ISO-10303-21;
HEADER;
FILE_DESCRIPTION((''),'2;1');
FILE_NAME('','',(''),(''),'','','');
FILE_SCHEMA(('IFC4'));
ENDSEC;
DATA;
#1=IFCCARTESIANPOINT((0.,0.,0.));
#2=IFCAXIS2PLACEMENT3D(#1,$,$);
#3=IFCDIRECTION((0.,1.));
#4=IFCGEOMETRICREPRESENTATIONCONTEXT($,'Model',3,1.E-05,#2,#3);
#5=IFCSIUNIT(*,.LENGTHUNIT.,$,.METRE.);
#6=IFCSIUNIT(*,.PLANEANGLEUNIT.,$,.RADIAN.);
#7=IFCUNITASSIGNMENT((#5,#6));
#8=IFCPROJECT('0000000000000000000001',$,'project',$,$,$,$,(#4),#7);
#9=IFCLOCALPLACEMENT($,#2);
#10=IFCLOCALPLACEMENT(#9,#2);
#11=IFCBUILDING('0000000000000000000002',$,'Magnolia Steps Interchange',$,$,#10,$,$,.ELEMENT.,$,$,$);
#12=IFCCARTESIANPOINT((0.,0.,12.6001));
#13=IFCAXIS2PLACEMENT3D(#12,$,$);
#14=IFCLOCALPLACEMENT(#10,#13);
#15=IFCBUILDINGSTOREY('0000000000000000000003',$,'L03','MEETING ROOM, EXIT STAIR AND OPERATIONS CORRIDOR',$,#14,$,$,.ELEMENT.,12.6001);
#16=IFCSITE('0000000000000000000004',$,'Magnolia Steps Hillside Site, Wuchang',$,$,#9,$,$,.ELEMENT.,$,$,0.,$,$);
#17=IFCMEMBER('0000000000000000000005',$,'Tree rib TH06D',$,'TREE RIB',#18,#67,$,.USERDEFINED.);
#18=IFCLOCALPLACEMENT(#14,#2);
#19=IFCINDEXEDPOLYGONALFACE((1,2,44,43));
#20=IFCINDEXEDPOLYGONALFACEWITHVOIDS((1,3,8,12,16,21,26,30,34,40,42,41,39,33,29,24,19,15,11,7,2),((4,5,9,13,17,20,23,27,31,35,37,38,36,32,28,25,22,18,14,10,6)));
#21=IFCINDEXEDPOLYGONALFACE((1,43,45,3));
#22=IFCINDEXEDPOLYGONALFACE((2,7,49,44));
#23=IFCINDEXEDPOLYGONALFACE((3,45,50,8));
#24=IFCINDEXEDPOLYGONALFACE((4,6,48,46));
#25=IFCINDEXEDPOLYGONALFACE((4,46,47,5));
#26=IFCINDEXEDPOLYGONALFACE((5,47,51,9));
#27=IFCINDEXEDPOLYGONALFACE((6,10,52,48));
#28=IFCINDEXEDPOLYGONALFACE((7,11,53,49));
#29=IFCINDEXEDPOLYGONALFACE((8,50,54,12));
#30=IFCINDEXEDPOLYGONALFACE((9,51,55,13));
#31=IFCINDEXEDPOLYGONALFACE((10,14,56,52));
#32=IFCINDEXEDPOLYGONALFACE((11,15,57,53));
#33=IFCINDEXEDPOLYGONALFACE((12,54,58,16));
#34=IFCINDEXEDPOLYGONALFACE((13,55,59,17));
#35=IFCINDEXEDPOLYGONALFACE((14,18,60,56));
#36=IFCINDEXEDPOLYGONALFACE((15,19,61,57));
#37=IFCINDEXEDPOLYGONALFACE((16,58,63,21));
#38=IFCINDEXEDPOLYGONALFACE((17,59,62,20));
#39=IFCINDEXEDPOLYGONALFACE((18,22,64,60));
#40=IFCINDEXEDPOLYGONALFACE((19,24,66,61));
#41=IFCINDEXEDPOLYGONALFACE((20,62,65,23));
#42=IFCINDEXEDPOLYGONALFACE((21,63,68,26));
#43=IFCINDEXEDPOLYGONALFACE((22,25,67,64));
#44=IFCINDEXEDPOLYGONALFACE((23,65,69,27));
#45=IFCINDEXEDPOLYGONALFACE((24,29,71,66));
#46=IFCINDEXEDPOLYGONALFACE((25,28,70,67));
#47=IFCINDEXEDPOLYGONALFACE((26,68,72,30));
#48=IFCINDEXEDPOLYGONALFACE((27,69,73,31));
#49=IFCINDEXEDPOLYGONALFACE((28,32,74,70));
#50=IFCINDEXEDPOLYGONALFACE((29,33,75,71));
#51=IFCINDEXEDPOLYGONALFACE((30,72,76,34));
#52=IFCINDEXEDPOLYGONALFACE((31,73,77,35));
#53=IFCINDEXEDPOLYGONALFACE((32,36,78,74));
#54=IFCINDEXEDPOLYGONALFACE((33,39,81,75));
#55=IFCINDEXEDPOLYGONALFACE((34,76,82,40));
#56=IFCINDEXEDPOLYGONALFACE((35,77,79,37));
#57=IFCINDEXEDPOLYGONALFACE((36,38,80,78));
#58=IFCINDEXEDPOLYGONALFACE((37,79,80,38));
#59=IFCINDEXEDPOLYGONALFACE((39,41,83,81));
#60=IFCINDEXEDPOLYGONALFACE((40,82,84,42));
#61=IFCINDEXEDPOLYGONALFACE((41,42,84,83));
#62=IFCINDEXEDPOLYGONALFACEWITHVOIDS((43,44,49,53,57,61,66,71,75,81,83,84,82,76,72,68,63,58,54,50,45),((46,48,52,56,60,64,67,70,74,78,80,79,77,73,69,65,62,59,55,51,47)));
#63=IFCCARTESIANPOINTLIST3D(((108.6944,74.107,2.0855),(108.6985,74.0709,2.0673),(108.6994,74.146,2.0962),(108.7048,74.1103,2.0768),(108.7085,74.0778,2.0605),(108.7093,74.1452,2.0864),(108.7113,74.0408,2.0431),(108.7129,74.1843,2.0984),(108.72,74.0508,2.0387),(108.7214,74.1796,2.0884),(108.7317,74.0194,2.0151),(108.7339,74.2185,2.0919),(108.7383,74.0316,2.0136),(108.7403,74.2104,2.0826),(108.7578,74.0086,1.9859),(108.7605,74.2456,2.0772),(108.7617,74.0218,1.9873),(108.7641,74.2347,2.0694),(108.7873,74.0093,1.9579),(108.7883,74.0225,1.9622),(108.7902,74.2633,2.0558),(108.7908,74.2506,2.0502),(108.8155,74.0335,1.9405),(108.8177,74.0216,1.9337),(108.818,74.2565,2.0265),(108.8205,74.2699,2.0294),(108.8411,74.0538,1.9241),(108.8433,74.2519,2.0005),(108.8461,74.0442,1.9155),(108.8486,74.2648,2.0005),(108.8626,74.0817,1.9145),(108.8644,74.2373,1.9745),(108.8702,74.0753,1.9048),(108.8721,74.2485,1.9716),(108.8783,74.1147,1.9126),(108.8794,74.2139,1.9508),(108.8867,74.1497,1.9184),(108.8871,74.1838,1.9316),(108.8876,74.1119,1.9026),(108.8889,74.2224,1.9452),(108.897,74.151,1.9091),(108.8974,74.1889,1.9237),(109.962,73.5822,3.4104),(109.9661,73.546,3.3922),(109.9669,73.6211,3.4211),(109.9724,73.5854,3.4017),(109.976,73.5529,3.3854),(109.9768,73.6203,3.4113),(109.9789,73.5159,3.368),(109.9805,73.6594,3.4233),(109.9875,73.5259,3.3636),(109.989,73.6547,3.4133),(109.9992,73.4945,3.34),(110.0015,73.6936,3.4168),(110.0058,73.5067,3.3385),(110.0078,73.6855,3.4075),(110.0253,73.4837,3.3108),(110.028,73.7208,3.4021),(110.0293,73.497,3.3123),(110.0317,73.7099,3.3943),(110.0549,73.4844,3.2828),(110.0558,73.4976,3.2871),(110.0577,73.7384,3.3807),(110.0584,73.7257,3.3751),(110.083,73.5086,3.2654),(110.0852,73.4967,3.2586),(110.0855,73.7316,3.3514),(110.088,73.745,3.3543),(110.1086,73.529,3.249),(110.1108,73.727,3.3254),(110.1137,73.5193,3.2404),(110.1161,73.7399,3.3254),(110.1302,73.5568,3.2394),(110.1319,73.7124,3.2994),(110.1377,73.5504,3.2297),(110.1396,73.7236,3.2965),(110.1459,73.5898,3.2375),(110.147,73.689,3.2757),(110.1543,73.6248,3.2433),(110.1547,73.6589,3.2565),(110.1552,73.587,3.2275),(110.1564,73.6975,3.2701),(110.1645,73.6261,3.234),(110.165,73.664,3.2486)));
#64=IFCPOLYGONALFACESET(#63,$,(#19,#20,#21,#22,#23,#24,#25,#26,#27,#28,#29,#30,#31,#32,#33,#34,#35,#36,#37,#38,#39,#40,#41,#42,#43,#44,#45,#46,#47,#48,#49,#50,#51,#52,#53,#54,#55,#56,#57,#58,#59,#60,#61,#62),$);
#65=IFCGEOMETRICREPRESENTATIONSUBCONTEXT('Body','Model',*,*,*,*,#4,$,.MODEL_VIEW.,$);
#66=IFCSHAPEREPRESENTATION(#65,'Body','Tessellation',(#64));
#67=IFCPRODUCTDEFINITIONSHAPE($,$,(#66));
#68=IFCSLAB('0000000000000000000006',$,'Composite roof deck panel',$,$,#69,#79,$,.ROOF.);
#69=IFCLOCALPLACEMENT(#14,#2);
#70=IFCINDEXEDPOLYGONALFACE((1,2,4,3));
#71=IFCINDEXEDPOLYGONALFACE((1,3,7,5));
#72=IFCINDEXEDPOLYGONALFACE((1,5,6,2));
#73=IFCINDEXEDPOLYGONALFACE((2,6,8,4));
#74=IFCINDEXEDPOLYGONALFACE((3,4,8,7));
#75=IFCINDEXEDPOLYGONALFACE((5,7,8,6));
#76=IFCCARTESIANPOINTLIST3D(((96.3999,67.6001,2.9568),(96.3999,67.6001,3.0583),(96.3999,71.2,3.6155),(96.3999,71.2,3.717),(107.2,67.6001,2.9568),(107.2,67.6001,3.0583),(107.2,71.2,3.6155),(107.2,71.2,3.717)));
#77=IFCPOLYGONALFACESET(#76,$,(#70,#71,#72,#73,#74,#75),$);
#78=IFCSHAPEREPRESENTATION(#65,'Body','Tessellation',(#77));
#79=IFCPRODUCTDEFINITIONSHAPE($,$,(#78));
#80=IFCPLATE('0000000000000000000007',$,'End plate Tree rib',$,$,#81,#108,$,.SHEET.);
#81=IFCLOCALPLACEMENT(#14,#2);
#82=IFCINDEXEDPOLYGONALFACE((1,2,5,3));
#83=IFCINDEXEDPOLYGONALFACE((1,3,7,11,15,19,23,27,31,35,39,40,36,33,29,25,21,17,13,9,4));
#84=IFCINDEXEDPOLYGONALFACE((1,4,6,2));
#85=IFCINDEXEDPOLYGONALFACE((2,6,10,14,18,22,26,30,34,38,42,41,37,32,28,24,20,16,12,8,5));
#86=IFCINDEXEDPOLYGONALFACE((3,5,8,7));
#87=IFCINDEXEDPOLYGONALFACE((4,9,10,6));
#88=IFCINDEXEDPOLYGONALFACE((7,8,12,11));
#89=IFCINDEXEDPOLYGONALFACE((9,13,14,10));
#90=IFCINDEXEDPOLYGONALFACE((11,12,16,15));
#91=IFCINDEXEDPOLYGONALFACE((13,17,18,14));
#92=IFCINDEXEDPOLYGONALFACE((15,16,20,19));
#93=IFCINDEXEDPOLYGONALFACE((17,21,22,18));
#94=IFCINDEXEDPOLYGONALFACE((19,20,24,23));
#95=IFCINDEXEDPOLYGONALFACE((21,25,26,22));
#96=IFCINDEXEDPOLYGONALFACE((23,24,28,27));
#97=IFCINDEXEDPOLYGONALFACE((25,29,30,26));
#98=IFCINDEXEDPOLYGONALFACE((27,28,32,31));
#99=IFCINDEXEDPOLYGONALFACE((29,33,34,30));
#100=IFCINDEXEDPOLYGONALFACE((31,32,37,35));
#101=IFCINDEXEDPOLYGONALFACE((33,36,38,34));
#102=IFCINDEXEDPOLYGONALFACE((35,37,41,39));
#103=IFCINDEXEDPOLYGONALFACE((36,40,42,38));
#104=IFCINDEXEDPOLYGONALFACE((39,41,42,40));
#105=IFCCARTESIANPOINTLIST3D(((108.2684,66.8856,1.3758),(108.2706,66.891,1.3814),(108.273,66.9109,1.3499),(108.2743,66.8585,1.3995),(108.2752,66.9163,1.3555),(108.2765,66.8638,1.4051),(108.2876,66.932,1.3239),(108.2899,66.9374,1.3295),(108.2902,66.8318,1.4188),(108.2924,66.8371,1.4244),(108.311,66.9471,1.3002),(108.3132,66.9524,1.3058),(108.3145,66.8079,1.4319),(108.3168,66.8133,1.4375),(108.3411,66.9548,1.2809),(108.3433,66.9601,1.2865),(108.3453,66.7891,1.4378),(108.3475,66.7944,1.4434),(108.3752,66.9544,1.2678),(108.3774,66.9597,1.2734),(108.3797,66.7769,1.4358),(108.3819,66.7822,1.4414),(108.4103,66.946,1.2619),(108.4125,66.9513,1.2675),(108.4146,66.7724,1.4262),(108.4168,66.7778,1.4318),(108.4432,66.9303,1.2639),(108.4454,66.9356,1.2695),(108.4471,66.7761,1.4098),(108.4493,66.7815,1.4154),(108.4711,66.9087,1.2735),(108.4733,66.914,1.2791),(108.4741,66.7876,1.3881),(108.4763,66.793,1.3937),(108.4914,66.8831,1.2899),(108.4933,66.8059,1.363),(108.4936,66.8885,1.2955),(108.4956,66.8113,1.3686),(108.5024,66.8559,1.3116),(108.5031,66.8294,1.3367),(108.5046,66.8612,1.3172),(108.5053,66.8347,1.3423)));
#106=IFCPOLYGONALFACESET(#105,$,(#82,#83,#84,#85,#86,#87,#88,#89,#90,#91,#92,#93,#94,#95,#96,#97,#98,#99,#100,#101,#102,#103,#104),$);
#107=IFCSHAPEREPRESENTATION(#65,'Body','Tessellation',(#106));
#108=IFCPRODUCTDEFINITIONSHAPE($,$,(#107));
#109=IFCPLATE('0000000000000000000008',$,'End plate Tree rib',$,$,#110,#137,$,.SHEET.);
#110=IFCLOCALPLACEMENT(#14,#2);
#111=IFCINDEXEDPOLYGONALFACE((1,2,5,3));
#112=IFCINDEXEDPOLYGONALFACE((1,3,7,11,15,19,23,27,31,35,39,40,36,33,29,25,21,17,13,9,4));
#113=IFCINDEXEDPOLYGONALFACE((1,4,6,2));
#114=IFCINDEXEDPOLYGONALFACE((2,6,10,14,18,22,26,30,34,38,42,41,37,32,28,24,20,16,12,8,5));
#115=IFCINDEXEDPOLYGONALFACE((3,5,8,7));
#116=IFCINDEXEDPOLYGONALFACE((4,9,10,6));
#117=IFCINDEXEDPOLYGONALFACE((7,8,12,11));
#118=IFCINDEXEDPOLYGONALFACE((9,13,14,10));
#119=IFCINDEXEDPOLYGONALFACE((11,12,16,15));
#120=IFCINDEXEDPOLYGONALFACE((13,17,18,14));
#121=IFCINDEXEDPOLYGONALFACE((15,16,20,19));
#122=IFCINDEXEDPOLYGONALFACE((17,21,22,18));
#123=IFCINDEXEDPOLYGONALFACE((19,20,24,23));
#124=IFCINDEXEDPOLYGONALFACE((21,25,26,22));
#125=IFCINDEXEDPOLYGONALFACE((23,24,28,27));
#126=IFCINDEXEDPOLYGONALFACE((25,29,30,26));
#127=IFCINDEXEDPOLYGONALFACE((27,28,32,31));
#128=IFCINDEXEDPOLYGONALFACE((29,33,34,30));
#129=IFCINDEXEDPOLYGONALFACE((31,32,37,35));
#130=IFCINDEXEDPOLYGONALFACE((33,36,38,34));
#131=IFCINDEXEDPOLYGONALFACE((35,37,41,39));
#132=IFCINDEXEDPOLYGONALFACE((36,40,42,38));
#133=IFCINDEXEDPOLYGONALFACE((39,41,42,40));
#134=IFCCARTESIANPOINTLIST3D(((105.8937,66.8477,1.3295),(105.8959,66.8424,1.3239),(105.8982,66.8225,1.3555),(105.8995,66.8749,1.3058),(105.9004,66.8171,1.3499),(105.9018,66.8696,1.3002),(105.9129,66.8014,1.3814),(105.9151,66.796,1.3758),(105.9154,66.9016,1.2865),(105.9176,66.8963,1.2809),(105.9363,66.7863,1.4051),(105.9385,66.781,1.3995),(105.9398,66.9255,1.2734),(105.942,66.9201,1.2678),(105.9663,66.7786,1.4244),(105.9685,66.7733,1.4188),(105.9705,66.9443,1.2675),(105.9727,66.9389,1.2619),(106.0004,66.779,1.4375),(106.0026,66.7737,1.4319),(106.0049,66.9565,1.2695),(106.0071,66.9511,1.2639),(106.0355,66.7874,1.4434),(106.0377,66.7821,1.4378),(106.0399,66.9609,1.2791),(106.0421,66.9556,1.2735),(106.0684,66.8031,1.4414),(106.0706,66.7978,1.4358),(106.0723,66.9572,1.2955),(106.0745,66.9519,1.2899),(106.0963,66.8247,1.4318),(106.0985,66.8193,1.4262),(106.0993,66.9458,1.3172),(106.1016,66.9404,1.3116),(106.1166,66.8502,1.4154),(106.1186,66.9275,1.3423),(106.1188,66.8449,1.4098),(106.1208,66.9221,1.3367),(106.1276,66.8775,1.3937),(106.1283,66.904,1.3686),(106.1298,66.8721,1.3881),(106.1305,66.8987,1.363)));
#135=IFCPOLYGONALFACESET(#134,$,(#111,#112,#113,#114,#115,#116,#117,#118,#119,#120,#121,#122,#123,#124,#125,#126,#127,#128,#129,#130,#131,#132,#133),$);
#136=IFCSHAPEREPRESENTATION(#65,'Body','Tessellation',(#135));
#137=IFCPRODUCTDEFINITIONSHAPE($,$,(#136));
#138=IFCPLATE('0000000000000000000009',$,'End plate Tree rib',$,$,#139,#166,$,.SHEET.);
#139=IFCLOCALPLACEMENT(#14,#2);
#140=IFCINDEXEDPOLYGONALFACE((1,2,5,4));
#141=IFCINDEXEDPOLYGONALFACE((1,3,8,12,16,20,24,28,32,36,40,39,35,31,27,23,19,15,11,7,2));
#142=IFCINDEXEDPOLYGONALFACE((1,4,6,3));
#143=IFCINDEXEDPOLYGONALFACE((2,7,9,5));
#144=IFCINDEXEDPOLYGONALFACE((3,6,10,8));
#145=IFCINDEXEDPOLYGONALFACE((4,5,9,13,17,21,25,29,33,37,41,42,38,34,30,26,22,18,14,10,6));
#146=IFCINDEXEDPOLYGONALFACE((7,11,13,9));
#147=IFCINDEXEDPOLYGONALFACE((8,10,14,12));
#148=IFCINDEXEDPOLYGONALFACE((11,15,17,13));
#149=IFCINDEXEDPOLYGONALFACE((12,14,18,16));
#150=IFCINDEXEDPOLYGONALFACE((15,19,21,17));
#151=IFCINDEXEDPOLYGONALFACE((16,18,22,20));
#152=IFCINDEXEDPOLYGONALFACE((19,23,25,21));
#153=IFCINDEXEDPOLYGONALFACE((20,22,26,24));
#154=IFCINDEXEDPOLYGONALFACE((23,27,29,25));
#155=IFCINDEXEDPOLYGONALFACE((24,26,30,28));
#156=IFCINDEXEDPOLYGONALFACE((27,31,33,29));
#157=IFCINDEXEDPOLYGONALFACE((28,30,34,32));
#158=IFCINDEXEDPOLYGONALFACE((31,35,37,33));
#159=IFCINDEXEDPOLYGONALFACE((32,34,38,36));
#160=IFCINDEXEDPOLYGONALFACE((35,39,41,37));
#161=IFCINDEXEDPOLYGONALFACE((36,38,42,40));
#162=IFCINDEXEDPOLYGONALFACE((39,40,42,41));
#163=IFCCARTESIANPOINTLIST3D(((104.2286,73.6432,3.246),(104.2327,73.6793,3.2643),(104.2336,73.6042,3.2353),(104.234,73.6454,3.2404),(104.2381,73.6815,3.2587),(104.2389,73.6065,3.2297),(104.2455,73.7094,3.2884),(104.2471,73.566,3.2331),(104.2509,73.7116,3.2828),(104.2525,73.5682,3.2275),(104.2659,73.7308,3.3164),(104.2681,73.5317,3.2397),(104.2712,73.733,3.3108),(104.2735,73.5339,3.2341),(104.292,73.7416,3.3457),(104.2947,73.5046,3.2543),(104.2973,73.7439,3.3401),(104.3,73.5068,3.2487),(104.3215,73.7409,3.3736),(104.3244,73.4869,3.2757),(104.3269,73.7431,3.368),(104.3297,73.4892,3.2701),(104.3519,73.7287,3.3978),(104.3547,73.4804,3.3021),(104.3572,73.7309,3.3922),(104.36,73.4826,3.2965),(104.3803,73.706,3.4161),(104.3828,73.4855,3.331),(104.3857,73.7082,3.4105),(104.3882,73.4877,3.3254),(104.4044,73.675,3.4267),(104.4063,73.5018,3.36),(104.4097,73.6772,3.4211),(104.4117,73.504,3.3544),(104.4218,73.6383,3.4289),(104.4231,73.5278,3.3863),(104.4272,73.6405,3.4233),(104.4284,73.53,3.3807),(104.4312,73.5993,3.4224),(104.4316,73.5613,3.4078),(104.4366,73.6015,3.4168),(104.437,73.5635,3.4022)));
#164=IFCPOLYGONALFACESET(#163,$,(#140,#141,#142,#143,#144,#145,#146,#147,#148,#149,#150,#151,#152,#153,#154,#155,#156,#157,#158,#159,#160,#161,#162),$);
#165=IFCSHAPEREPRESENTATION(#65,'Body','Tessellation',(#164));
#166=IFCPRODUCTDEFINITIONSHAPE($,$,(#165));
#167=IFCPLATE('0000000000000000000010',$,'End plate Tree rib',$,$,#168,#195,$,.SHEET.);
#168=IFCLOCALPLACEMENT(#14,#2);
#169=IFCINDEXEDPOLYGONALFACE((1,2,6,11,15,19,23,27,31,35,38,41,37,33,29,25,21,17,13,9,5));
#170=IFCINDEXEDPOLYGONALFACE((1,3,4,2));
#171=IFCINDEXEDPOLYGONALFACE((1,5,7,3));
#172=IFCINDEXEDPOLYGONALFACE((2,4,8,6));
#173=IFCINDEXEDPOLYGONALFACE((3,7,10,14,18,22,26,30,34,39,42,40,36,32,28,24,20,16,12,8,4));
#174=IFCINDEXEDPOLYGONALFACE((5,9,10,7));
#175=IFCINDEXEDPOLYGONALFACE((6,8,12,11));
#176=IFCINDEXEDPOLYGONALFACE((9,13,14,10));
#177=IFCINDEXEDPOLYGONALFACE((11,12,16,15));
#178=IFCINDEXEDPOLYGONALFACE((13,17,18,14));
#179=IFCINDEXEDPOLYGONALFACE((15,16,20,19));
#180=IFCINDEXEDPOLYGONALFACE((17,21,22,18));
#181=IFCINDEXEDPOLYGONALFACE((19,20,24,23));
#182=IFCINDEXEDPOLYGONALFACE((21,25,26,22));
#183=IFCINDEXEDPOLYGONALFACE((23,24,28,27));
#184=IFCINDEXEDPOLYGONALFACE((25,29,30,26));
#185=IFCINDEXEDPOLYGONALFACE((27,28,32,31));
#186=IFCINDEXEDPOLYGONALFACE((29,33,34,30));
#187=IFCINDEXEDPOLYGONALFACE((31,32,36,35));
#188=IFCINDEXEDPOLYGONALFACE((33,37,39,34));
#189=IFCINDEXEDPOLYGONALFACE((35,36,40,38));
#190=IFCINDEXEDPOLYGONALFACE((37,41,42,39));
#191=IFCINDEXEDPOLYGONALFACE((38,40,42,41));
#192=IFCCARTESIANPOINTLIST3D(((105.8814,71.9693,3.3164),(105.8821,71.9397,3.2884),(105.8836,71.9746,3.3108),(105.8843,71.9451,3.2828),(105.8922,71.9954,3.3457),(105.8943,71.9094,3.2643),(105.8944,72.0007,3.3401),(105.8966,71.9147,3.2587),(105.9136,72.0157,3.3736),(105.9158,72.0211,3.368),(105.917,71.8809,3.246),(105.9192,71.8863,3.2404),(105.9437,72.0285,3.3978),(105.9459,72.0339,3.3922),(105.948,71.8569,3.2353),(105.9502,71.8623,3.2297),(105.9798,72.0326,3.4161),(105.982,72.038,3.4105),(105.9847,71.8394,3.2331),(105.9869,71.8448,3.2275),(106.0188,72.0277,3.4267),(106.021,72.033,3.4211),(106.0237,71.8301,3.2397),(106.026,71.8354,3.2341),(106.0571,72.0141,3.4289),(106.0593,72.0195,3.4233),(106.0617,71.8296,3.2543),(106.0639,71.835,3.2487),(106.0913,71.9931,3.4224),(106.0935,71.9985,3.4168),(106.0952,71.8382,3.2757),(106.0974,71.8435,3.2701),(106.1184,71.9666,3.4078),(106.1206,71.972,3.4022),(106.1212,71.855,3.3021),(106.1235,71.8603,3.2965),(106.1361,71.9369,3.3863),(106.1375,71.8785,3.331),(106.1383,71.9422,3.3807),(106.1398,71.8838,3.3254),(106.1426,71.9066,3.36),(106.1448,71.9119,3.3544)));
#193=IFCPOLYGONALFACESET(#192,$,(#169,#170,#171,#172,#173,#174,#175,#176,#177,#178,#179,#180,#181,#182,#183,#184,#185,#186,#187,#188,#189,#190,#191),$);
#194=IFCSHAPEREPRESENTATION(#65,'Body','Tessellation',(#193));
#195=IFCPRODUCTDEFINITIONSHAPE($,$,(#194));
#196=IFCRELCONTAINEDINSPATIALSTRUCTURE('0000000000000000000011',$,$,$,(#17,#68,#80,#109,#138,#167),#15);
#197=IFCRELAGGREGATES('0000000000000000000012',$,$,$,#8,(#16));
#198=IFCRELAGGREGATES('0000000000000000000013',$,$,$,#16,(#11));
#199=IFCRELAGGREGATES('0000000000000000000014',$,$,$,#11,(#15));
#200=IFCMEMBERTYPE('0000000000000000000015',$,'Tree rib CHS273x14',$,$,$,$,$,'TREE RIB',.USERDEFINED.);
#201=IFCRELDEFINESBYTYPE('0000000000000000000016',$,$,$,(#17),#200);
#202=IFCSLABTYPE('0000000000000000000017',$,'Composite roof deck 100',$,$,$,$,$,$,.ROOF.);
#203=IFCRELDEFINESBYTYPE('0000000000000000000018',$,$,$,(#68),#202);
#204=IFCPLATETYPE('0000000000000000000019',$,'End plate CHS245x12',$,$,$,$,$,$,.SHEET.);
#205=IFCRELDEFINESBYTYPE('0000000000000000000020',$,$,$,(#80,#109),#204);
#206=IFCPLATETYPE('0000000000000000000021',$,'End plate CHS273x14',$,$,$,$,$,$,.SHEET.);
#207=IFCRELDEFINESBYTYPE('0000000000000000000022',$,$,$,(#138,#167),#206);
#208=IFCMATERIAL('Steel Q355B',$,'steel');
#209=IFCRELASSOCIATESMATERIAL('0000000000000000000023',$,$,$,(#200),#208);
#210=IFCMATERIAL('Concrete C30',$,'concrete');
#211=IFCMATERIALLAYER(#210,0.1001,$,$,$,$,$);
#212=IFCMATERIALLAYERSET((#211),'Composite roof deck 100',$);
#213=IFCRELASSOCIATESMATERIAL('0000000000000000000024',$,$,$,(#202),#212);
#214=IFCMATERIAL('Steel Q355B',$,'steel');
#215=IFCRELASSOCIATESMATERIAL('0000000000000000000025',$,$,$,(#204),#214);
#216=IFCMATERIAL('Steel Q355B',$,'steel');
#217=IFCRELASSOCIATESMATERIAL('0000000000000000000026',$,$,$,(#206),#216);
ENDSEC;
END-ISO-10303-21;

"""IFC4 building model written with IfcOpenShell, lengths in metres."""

from ifc_helpers import new_model, si_unit, direction, frame, origin, origin_2d, place, context, subcontext, project, spatial, polyline, circle, hollow_circle, outline, extrude, material, layer, layer_set, material_profile, profile_set, type_object, element, save


model = new_model("IFC4")

# Units and contexts
model_context = context("Model", 3, precision=1e-05, world=origin(), true_north=direction((0.0, 1.0)))
body_context = subcontext(model_context, "Body", "Model", "MODEL_VIEW")
ifc_project = project(units=[si_unit("LENGTHUNIT", "METRE"), si_unit("PLANEANGLEUNIT", "RADIAN")], contexts=[model_context])

# Site, building, storey
site_placement = place(None, origin())
site = spatial("IfcSite", under=ifc_project, at=site_placement, Name="Magnolia Steps Hillside Site, Wuchang", CompositionType="ELEMENT", RefElevation=0.0)
building_placement = place(site_placement, origin())
building = spatial("IfcBuilding", under=site, at=building_placement, Name="Magnolia Steps Interchange", CompositionType="ELEMENT")
storey_placement = place(building_placement, frame((0.0, 0.0, 12.6001)))
storey = spatial("IfcBuildingStorey", under=building, at=storey_placement, Name="L03", Description="MEETING ROOM, EXIT STAIR AND OPERATIONS CORRIDOR", CompositionType="ELEMENT", Elevation=12.6001)

# Member
ifc_material_1 = material(Name="Steel Q355B", Category="steel")
ifc_material_profile_1 = material_profile(ifc_material_1, hollow_circle(Radius=0.1365, WallThickness=0.0139, at=origin_2d()), Name="CHS273x14")
ifc_profile_set_1 = profile_set([ifc_material_profile_1], Name="Steel Q355B")
member_type_1 = type_object("IfcMemberType", Name="Tree rib CHS273x14", ElementType="TREE RIB", PredefinedType="USERDEFINED", material=ifc_profile_set_1)
member_1_placement = place(storey_placement, frame((108.7964, 74.1387, 2.0005), z_axis=(0.664595, -0.275208, 0.694676), x_axis=(0.382593, 0.923917, 0.0)))
element("IfcMember", 1, at=member_1_placement, inside=storey, type_object=member_type_1, Name="Tree rib TH06D", ObjectType="TREE RIB", PredefinedType="USERDEFINED", context=body_context, shape_type="SweptSolid", body=[
    extrude(hollow_circle(Radius=0.1365, WallThickness=0.0139, at=origin_2d()), origin(), (0.0, 0.0, 1.0), 1.9072),
])

# Slab
ifc_material_2 = material(Name="Concrete C30", Category="concrete")
ifc_layer = layer(ifc_material_2, 0.1001)
ifc_layer_set = layer_set([ifc_layer], Name="Composite roof deck 100")
slab_type = type_object("IfcSlabType", Name="Composite roof deck 100", PredefinedType="ROOF", material=ifc_layer_set)
slab_placement = place(storey_placement, frame((107.2, 67.6001, 3.0583), z_axis=(0.0, -0.179989, 0.983669), x_axis=(0.0, 0.983669, 0.179989)))
element("IfcSlab", 2, at=slab_placement, inside=storey, type_object=slab_type, Name="Composite roof deck panel", PredefinedType="ROOF", context=body_context, shape_type="SweptSolid", body=[
    extrude(outline(polyline([(0.0, 0.0), (3.6596, 0.0), (3.6596, 10.8), (0.0, 10.8), (0.0, 0.0)])), origin(), (-0.179989, 0.0, -0.983669), 0.1016),
])

# Plates
ifc_material_3 = material(Name="Steel Q355B", Category="steel")
ifc_material_profile_2 = material_profile(ifc_material_3, circle(Radius=0.1226, at=origin_2d()), Name="End plate CHS245x12")
ifc_profile_set_2 = profile_set([ifc_material_profile_2], Name="Steel Q355B")
plate_type_1 = type_object("IfcPlateType", Name="End plate CHS245x12", PredefinedType="SHEET", material=ifc_profile_set_2)
for number, where, z_axis, x_axis, name in (
    (3, (108.3862, 66.864, 1.3499), (0.275279, 0.664583, 0.694658), (-0.92388, 0.382683, 0.0), "End plate Tree rib"),
    (4, (106.0137, 66.864, 1.3499), (-0.275279, 0.664583, 0.694658), (-0.92388, -0.382683, 0.0), "End plate Tree rib"),
):
    element("IfcPlate", number, at=place(storey_placement, frame(where, z_axis=z_axis, x_axis=x_axis)), inside=storey, type_object=plate_type_1, Name=name, PredefinedType="SHEET", context=body_context, shape_type="SweptSolid", body=[
        extrude(circle(Radius=0.1226, at=origin_2d()), origin(), (0.0, 0.0, 1.0), 0.0081),
    ])
ifc_material_4 = material(Name="Steel Q355B", Category="steel")
ifc_material_profile_3 = material_profile(ifc_material_4, circle(Radius=0.1365, at=origin_2d()), Name="End plate CHS273x14")
ifc_profile_set_3 = profile_set([ifc_material_profile_3], Name="Steel Q355B")
plate_type_2 = type_object("IfcPlateType", Name="End plate CHS273x14", PredefinedType="SHEET", material=ifc_profile_set_3)
for number, where, z_axis, x_axis, name in (
    (5, (104.3359, 73.6138, 3.3254), (-0.664583, -0.275279, 0.694658), (0.382683, -0.92388, 0.0), "End plate Tree rib"),
    (6, (106.0137, 71.936, 3.3254), (-0.275279, -0.664583, 0.694658), (0.92388, -0.382683, 0.0), "End plate Tree rib"),
):
    element("IfcPlate", number, at=place(storey_placement, frame(where, z_axis=z_axis, x_axis=x_axis)), inside=storey, type_object=plate_type_2, Name=name, PredefinedType="SHEET", context=body_context, shape_type="SweptSolid", body=[
        extrude(circle(Radius=0.1365, at=origin_2d()), origin(), (0.0, 0.0, 1.0), 0.0081),
    ])

save(model, "model.ifc")
